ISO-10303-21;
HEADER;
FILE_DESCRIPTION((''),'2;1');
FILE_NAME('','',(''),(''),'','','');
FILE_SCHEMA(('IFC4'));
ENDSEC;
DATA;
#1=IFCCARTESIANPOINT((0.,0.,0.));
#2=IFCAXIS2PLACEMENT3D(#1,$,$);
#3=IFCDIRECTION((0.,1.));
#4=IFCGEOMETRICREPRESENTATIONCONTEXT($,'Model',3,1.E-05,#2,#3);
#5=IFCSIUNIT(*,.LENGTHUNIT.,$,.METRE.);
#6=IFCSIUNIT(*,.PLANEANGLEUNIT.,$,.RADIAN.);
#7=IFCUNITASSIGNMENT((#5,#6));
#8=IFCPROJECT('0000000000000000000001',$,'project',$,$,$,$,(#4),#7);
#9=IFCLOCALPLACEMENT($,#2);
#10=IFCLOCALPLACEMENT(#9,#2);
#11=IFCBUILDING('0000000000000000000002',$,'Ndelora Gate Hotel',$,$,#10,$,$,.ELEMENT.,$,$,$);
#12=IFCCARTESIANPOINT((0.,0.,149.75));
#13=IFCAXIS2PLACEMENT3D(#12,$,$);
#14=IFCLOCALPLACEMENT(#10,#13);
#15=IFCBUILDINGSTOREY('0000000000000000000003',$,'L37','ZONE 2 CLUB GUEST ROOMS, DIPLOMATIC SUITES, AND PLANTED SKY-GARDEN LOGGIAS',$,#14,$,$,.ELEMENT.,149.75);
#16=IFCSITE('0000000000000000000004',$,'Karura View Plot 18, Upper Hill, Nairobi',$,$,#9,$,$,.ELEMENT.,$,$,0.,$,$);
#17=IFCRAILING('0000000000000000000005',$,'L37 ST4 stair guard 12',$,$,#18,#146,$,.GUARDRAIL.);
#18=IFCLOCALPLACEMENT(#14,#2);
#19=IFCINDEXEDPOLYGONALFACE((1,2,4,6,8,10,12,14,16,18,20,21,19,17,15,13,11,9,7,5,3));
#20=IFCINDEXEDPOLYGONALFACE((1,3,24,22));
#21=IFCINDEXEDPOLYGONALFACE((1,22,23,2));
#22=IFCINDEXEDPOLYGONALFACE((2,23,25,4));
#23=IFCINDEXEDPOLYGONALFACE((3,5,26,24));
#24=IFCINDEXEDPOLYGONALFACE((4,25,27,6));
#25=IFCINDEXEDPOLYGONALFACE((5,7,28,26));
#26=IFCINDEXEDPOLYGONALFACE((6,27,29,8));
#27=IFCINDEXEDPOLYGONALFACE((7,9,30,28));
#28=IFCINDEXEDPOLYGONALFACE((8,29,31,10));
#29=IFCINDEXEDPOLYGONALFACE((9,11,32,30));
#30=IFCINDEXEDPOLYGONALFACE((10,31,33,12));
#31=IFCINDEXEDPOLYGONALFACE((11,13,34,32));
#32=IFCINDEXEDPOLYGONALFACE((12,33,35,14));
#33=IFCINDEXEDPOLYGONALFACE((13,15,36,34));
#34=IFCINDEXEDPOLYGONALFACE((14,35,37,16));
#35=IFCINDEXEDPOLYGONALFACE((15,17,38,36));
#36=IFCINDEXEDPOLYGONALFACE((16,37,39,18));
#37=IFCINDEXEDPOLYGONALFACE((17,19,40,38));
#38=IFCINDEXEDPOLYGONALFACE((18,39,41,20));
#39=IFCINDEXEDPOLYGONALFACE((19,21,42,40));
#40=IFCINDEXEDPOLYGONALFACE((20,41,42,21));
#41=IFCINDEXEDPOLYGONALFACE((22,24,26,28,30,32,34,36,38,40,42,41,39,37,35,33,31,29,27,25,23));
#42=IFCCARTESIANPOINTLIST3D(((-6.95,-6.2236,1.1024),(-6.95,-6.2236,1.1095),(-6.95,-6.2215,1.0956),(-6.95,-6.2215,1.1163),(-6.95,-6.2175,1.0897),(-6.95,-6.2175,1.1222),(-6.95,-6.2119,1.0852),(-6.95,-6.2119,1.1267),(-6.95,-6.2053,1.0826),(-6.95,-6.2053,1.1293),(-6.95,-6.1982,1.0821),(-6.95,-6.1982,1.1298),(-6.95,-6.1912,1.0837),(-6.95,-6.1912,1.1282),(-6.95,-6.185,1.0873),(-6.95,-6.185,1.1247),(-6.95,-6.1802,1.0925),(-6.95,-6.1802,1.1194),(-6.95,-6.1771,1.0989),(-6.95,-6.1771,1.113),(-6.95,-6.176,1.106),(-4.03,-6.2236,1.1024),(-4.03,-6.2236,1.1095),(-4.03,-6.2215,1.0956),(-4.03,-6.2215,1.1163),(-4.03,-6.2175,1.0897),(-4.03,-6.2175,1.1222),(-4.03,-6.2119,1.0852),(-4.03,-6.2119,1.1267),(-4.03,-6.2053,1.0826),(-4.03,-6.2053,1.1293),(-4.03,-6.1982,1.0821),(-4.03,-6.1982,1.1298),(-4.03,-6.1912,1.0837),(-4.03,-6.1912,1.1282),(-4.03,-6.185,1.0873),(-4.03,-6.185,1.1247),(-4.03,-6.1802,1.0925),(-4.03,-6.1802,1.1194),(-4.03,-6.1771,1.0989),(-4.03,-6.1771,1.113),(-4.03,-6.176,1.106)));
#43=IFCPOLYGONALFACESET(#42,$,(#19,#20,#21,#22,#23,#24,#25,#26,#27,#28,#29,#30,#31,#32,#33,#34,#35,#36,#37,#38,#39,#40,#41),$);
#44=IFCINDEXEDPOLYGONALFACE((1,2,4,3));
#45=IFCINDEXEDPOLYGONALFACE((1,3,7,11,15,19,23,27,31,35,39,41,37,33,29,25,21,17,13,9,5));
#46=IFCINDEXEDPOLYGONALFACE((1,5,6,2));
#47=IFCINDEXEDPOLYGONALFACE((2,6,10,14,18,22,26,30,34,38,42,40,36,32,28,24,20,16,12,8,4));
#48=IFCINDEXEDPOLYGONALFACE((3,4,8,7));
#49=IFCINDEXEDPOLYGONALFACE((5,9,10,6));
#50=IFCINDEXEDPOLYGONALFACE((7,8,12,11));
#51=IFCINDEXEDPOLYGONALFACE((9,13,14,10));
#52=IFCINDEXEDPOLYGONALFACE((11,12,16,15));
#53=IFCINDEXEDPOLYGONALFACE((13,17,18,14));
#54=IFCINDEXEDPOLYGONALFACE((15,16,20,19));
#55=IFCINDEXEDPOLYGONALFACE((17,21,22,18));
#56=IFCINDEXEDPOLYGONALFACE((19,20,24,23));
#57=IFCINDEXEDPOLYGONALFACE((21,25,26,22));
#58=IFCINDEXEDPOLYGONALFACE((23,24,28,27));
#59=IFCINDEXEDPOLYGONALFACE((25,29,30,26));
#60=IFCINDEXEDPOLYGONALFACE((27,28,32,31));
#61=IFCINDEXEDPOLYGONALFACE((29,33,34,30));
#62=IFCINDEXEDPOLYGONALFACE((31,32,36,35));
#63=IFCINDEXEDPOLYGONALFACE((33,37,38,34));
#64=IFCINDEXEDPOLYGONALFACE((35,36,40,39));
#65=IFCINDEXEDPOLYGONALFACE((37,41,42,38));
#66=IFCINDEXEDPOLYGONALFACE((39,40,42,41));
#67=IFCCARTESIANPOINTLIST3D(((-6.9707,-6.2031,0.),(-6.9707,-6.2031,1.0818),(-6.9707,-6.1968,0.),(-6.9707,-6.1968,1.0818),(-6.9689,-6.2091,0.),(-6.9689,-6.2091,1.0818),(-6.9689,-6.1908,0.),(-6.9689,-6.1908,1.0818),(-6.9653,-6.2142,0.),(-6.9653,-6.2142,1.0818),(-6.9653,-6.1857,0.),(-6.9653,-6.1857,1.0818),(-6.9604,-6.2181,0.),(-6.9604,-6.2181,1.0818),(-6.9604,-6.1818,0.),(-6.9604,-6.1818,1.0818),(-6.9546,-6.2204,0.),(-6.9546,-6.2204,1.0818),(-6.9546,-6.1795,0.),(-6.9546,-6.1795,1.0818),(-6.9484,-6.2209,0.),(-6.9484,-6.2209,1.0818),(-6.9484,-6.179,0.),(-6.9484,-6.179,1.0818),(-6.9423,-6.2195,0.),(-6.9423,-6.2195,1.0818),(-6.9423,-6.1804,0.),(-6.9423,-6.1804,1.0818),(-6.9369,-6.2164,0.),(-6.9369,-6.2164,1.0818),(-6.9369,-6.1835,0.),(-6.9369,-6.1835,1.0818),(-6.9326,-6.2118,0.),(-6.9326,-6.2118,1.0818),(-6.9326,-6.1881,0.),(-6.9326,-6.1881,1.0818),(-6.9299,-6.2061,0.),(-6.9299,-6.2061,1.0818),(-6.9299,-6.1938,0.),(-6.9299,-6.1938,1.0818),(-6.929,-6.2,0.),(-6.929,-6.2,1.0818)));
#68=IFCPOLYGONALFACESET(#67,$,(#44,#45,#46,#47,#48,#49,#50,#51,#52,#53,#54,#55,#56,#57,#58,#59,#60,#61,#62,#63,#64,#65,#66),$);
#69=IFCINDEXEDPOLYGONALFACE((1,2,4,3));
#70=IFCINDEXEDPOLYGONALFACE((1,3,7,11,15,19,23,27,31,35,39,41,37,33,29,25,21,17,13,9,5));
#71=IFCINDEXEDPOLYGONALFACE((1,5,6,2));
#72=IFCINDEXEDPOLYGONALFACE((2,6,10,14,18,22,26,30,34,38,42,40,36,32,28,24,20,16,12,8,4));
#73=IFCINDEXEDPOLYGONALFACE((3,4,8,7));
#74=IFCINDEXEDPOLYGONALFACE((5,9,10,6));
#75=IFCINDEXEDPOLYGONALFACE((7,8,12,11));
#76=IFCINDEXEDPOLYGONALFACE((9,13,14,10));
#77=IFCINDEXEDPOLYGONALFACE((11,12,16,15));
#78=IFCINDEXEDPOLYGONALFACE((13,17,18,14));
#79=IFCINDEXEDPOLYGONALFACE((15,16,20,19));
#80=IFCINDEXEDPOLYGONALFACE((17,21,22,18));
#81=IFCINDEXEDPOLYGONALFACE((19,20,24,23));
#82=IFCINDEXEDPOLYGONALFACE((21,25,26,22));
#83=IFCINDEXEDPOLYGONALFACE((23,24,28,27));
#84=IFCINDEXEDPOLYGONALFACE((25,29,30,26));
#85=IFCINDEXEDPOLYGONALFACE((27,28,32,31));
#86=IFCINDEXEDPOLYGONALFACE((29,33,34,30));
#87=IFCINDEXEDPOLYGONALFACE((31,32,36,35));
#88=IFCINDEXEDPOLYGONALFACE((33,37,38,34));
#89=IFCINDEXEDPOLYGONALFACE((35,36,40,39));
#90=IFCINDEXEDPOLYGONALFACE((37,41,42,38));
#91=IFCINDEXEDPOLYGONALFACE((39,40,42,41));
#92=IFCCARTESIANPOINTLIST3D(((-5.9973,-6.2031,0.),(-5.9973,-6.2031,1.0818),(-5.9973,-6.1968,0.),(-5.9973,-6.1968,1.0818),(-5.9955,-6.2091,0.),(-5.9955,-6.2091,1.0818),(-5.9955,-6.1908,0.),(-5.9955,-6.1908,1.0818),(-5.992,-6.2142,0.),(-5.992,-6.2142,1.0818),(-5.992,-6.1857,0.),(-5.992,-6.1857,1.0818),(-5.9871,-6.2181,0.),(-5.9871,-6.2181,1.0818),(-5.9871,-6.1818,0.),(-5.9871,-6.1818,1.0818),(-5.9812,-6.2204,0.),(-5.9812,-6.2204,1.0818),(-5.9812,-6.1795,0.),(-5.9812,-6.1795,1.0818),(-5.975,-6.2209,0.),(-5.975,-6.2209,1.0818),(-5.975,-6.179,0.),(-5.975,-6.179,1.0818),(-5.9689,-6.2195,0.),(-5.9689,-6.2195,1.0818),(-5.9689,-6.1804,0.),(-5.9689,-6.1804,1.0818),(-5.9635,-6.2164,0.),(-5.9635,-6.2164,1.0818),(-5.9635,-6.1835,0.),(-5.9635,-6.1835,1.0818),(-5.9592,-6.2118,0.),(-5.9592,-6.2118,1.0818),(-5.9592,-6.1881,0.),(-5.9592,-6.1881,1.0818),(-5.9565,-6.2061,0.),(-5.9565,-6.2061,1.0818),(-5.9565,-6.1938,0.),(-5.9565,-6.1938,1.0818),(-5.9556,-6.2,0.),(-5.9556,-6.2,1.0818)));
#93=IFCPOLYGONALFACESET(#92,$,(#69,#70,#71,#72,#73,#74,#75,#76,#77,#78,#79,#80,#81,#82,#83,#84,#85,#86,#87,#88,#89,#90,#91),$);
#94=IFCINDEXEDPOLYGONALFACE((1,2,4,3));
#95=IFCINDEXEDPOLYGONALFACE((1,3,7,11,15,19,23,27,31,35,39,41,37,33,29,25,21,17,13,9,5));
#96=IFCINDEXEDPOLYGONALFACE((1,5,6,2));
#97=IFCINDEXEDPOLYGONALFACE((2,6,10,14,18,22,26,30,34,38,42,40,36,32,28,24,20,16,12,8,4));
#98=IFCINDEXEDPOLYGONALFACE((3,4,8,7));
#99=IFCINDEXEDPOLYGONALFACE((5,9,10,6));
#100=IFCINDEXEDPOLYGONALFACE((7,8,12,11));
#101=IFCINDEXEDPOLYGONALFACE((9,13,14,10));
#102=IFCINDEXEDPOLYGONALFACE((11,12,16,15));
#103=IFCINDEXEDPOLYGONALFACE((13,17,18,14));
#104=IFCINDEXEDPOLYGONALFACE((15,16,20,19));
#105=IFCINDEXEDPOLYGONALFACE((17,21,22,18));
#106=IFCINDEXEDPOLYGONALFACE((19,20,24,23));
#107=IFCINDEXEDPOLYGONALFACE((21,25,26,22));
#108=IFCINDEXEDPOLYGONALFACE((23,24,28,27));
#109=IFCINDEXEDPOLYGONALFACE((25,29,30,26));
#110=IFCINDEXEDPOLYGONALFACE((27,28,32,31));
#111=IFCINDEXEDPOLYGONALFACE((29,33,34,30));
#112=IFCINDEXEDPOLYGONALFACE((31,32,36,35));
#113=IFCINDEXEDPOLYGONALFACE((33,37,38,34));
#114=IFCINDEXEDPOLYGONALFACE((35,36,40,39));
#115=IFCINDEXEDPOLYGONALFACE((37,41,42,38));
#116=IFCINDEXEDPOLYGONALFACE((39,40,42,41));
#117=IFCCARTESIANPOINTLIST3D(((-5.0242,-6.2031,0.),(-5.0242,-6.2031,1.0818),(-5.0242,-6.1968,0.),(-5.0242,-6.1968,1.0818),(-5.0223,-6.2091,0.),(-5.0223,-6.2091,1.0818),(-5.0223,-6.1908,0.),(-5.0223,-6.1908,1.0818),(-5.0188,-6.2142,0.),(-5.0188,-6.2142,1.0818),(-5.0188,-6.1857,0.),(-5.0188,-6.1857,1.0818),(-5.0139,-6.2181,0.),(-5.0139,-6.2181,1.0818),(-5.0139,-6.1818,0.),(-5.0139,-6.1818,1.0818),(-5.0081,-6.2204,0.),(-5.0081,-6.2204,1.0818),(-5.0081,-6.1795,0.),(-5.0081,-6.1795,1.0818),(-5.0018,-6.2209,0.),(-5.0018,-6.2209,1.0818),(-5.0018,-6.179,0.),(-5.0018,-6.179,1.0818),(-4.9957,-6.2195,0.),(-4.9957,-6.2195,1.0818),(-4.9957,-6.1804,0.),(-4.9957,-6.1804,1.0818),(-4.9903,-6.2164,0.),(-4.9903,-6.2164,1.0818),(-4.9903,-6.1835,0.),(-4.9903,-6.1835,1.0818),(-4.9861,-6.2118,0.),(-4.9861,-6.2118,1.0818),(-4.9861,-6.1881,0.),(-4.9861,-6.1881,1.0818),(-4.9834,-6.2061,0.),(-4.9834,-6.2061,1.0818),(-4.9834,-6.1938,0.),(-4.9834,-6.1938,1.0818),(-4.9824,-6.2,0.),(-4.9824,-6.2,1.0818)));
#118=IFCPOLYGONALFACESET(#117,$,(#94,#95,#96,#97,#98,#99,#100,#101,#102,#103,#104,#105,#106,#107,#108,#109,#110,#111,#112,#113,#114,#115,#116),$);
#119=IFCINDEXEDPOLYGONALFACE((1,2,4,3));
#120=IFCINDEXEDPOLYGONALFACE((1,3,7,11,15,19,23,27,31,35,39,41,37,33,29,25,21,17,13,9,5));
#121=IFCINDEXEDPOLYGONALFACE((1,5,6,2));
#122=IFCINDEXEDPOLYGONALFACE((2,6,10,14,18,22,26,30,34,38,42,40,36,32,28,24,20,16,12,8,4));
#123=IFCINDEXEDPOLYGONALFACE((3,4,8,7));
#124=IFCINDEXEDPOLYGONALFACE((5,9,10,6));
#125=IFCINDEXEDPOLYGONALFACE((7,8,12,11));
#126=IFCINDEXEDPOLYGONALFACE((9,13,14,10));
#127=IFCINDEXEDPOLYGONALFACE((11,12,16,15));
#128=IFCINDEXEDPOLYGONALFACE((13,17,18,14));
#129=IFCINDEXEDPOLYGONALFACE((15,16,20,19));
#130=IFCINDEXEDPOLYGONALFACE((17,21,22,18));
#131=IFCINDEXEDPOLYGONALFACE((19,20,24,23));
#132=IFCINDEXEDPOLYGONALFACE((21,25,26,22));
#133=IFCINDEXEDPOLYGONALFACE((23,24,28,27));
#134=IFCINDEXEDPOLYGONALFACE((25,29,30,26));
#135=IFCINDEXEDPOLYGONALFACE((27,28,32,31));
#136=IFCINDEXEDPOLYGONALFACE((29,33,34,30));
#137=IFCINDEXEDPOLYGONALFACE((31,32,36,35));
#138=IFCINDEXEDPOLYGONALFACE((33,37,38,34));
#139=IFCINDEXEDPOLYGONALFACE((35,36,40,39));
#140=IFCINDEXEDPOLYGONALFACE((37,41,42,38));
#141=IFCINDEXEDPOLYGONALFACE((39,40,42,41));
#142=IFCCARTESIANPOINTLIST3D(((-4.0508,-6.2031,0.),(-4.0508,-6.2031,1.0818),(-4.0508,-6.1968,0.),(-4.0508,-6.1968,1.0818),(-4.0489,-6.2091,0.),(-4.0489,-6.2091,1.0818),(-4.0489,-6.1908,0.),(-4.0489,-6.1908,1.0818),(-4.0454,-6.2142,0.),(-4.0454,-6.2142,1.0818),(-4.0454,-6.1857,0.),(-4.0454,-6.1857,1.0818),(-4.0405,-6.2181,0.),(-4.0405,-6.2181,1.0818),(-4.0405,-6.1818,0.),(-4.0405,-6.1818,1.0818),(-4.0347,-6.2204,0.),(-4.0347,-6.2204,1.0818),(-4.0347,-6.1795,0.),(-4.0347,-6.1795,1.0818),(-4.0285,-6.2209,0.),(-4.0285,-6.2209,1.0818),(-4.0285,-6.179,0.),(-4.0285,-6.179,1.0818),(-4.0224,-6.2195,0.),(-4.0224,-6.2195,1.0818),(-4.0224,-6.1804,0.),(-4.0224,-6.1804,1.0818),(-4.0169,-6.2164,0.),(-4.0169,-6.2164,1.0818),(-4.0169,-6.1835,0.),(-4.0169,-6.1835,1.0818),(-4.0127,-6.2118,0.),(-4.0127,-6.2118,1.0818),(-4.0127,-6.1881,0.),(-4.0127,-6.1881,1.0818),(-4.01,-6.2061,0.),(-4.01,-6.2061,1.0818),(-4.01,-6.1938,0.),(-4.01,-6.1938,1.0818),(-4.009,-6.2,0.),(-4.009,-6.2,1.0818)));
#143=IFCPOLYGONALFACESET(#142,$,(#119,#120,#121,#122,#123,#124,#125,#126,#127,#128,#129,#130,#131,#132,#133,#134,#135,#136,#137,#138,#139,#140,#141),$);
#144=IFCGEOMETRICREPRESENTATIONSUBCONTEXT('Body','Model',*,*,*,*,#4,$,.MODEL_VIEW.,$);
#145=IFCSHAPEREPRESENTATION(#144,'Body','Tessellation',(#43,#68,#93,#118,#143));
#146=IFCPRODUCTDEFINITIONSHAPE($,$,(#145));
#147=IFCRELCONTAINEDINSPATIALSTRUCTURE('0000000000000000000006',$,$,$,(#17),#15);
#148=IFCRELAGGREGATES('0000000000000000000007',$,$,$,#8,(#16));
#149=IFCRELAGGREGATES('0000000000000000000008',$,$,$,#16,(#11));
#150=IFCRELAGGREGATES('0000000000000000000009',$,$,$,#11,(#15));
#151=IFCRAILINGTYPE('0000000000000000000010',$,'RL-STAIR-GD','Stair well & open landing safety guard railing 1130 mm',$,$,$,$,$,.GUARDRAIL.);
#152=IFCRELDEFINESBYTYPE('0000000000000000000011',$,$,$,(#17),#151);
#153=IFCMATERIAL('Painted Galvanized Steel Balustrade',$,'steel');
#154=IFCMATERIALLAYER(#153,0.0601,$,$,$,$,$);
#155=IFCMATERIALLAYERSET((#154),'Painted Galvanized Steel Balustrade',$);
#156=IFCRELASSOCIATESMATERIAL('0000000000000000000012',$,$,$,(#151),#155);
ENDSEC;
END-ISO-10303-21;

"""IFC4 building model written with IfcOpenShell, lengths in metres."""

from ifc_helpers import new_model, si_unit, direction, frame, origin, origin_2d, place, context, subcontext, project, spatial, circle, extrude, material, layer, layer_set, type_object, element, save


model = new_model("IFC4")

# Units and contexts
model_context = context("Model", 3, precision=1e-05, world=origin(), true_north=direction((0.0, 1.0)))
body_context = subcontext(model_context, "Body", "Model", "MODEL_VIEW")
ifc_project = project(units=[si_unit("LENGTHUNIT", "METRE"), si_unit("PLANEANGLEUNIT", "RADIAN")], contexts=[model_context])

# Site, building, storey
site_placement = place(None, origin())
site = spatial("IfcSite", under=ifc_project, at=site_placement, Name="Karura View Plot 18, Upper Hill, Nairobi", CompositionType="ELEMENT", RefElevation=0.0)
building_placement = place(site_placement, origin())
building = spatial("IfcBuilding", under=site, at=building_placement, Name="Ndelora Gate Hotel", CompositionType="ELEMENT")
storey_placement = place(building_placement, frame((0.0, 0.0, 149.75)))
storey = spatial("IfcBuildingStorey", under=building, at=storey_placement, Name="L37", Description="ZONE 2 CLUB GUEST ROOMS, DIPLOMATIC SUITES, AND PLANTED SKY-GARDEN LOGGIAS", CompositionType="ELEMENT", Elevation=149.75)

# Railing
ifc_material_1 = material(Name="Painted Galvanized Steel Balustrade", Category="steel")
ifc_layer_1 = layer(ifc_material_1, 0.0601)
ifc_layer_set_1 = layer_set([ifc_layer_1], Name="Painted Galvanized Steel Balustrade")
railing_type_1 = type_object("IfcRailingType", Name="RL-STAIR-GD", Description="Stair well & open landing safety guard railing 1130 mm", PredefinedType="GUARDRAIL", material=ifc_layer_set_1)
railing_1_placement = place(storey_placement, frame((-6.95, -6.2, 0.0)))
element("IfcRailing", 1, at=railing_1_placement, inside=storey, type_object=railing_type_1, Name="L37 ST4 stair guard 12", PredefinedType="GUARDRAIL", context=body_context, shape_type="SweptSolid", body=[
    extrude(circle(Radius=0.0239, at=origin_2d()), frame((0.0, 0.0, 1.106), z_axis=(1.0, 0.0, 0.0), x_axis=(0.0, 1.0, 0.0)), (0.0, 0.0, 1.0), 2.9199),
    extrude(circle(Radius=0.021, at=origin_2d()), origin(), (0.0, 0.0, 1.0), 1.0818),
    extrude(circle(Radius=0.021, at=origin_2d()), frame((0.9734, 0.0, 0.0)), (0.0, 0.0, 1.0), 1.0818),
    extrude(circle(Radius=0.021, at=origin_2d()), frame((1.9465, 0.0, 0.0)), (0.0, 0.0, 1.0), 1.0818),
    extrude(circle(Radius=0.021, at=origin_2d()), frame((2.9199, 0.0, 0.0)), (0.0, 0.0, 1.0), 1.0818),
])

save(model, "model.ifc")
